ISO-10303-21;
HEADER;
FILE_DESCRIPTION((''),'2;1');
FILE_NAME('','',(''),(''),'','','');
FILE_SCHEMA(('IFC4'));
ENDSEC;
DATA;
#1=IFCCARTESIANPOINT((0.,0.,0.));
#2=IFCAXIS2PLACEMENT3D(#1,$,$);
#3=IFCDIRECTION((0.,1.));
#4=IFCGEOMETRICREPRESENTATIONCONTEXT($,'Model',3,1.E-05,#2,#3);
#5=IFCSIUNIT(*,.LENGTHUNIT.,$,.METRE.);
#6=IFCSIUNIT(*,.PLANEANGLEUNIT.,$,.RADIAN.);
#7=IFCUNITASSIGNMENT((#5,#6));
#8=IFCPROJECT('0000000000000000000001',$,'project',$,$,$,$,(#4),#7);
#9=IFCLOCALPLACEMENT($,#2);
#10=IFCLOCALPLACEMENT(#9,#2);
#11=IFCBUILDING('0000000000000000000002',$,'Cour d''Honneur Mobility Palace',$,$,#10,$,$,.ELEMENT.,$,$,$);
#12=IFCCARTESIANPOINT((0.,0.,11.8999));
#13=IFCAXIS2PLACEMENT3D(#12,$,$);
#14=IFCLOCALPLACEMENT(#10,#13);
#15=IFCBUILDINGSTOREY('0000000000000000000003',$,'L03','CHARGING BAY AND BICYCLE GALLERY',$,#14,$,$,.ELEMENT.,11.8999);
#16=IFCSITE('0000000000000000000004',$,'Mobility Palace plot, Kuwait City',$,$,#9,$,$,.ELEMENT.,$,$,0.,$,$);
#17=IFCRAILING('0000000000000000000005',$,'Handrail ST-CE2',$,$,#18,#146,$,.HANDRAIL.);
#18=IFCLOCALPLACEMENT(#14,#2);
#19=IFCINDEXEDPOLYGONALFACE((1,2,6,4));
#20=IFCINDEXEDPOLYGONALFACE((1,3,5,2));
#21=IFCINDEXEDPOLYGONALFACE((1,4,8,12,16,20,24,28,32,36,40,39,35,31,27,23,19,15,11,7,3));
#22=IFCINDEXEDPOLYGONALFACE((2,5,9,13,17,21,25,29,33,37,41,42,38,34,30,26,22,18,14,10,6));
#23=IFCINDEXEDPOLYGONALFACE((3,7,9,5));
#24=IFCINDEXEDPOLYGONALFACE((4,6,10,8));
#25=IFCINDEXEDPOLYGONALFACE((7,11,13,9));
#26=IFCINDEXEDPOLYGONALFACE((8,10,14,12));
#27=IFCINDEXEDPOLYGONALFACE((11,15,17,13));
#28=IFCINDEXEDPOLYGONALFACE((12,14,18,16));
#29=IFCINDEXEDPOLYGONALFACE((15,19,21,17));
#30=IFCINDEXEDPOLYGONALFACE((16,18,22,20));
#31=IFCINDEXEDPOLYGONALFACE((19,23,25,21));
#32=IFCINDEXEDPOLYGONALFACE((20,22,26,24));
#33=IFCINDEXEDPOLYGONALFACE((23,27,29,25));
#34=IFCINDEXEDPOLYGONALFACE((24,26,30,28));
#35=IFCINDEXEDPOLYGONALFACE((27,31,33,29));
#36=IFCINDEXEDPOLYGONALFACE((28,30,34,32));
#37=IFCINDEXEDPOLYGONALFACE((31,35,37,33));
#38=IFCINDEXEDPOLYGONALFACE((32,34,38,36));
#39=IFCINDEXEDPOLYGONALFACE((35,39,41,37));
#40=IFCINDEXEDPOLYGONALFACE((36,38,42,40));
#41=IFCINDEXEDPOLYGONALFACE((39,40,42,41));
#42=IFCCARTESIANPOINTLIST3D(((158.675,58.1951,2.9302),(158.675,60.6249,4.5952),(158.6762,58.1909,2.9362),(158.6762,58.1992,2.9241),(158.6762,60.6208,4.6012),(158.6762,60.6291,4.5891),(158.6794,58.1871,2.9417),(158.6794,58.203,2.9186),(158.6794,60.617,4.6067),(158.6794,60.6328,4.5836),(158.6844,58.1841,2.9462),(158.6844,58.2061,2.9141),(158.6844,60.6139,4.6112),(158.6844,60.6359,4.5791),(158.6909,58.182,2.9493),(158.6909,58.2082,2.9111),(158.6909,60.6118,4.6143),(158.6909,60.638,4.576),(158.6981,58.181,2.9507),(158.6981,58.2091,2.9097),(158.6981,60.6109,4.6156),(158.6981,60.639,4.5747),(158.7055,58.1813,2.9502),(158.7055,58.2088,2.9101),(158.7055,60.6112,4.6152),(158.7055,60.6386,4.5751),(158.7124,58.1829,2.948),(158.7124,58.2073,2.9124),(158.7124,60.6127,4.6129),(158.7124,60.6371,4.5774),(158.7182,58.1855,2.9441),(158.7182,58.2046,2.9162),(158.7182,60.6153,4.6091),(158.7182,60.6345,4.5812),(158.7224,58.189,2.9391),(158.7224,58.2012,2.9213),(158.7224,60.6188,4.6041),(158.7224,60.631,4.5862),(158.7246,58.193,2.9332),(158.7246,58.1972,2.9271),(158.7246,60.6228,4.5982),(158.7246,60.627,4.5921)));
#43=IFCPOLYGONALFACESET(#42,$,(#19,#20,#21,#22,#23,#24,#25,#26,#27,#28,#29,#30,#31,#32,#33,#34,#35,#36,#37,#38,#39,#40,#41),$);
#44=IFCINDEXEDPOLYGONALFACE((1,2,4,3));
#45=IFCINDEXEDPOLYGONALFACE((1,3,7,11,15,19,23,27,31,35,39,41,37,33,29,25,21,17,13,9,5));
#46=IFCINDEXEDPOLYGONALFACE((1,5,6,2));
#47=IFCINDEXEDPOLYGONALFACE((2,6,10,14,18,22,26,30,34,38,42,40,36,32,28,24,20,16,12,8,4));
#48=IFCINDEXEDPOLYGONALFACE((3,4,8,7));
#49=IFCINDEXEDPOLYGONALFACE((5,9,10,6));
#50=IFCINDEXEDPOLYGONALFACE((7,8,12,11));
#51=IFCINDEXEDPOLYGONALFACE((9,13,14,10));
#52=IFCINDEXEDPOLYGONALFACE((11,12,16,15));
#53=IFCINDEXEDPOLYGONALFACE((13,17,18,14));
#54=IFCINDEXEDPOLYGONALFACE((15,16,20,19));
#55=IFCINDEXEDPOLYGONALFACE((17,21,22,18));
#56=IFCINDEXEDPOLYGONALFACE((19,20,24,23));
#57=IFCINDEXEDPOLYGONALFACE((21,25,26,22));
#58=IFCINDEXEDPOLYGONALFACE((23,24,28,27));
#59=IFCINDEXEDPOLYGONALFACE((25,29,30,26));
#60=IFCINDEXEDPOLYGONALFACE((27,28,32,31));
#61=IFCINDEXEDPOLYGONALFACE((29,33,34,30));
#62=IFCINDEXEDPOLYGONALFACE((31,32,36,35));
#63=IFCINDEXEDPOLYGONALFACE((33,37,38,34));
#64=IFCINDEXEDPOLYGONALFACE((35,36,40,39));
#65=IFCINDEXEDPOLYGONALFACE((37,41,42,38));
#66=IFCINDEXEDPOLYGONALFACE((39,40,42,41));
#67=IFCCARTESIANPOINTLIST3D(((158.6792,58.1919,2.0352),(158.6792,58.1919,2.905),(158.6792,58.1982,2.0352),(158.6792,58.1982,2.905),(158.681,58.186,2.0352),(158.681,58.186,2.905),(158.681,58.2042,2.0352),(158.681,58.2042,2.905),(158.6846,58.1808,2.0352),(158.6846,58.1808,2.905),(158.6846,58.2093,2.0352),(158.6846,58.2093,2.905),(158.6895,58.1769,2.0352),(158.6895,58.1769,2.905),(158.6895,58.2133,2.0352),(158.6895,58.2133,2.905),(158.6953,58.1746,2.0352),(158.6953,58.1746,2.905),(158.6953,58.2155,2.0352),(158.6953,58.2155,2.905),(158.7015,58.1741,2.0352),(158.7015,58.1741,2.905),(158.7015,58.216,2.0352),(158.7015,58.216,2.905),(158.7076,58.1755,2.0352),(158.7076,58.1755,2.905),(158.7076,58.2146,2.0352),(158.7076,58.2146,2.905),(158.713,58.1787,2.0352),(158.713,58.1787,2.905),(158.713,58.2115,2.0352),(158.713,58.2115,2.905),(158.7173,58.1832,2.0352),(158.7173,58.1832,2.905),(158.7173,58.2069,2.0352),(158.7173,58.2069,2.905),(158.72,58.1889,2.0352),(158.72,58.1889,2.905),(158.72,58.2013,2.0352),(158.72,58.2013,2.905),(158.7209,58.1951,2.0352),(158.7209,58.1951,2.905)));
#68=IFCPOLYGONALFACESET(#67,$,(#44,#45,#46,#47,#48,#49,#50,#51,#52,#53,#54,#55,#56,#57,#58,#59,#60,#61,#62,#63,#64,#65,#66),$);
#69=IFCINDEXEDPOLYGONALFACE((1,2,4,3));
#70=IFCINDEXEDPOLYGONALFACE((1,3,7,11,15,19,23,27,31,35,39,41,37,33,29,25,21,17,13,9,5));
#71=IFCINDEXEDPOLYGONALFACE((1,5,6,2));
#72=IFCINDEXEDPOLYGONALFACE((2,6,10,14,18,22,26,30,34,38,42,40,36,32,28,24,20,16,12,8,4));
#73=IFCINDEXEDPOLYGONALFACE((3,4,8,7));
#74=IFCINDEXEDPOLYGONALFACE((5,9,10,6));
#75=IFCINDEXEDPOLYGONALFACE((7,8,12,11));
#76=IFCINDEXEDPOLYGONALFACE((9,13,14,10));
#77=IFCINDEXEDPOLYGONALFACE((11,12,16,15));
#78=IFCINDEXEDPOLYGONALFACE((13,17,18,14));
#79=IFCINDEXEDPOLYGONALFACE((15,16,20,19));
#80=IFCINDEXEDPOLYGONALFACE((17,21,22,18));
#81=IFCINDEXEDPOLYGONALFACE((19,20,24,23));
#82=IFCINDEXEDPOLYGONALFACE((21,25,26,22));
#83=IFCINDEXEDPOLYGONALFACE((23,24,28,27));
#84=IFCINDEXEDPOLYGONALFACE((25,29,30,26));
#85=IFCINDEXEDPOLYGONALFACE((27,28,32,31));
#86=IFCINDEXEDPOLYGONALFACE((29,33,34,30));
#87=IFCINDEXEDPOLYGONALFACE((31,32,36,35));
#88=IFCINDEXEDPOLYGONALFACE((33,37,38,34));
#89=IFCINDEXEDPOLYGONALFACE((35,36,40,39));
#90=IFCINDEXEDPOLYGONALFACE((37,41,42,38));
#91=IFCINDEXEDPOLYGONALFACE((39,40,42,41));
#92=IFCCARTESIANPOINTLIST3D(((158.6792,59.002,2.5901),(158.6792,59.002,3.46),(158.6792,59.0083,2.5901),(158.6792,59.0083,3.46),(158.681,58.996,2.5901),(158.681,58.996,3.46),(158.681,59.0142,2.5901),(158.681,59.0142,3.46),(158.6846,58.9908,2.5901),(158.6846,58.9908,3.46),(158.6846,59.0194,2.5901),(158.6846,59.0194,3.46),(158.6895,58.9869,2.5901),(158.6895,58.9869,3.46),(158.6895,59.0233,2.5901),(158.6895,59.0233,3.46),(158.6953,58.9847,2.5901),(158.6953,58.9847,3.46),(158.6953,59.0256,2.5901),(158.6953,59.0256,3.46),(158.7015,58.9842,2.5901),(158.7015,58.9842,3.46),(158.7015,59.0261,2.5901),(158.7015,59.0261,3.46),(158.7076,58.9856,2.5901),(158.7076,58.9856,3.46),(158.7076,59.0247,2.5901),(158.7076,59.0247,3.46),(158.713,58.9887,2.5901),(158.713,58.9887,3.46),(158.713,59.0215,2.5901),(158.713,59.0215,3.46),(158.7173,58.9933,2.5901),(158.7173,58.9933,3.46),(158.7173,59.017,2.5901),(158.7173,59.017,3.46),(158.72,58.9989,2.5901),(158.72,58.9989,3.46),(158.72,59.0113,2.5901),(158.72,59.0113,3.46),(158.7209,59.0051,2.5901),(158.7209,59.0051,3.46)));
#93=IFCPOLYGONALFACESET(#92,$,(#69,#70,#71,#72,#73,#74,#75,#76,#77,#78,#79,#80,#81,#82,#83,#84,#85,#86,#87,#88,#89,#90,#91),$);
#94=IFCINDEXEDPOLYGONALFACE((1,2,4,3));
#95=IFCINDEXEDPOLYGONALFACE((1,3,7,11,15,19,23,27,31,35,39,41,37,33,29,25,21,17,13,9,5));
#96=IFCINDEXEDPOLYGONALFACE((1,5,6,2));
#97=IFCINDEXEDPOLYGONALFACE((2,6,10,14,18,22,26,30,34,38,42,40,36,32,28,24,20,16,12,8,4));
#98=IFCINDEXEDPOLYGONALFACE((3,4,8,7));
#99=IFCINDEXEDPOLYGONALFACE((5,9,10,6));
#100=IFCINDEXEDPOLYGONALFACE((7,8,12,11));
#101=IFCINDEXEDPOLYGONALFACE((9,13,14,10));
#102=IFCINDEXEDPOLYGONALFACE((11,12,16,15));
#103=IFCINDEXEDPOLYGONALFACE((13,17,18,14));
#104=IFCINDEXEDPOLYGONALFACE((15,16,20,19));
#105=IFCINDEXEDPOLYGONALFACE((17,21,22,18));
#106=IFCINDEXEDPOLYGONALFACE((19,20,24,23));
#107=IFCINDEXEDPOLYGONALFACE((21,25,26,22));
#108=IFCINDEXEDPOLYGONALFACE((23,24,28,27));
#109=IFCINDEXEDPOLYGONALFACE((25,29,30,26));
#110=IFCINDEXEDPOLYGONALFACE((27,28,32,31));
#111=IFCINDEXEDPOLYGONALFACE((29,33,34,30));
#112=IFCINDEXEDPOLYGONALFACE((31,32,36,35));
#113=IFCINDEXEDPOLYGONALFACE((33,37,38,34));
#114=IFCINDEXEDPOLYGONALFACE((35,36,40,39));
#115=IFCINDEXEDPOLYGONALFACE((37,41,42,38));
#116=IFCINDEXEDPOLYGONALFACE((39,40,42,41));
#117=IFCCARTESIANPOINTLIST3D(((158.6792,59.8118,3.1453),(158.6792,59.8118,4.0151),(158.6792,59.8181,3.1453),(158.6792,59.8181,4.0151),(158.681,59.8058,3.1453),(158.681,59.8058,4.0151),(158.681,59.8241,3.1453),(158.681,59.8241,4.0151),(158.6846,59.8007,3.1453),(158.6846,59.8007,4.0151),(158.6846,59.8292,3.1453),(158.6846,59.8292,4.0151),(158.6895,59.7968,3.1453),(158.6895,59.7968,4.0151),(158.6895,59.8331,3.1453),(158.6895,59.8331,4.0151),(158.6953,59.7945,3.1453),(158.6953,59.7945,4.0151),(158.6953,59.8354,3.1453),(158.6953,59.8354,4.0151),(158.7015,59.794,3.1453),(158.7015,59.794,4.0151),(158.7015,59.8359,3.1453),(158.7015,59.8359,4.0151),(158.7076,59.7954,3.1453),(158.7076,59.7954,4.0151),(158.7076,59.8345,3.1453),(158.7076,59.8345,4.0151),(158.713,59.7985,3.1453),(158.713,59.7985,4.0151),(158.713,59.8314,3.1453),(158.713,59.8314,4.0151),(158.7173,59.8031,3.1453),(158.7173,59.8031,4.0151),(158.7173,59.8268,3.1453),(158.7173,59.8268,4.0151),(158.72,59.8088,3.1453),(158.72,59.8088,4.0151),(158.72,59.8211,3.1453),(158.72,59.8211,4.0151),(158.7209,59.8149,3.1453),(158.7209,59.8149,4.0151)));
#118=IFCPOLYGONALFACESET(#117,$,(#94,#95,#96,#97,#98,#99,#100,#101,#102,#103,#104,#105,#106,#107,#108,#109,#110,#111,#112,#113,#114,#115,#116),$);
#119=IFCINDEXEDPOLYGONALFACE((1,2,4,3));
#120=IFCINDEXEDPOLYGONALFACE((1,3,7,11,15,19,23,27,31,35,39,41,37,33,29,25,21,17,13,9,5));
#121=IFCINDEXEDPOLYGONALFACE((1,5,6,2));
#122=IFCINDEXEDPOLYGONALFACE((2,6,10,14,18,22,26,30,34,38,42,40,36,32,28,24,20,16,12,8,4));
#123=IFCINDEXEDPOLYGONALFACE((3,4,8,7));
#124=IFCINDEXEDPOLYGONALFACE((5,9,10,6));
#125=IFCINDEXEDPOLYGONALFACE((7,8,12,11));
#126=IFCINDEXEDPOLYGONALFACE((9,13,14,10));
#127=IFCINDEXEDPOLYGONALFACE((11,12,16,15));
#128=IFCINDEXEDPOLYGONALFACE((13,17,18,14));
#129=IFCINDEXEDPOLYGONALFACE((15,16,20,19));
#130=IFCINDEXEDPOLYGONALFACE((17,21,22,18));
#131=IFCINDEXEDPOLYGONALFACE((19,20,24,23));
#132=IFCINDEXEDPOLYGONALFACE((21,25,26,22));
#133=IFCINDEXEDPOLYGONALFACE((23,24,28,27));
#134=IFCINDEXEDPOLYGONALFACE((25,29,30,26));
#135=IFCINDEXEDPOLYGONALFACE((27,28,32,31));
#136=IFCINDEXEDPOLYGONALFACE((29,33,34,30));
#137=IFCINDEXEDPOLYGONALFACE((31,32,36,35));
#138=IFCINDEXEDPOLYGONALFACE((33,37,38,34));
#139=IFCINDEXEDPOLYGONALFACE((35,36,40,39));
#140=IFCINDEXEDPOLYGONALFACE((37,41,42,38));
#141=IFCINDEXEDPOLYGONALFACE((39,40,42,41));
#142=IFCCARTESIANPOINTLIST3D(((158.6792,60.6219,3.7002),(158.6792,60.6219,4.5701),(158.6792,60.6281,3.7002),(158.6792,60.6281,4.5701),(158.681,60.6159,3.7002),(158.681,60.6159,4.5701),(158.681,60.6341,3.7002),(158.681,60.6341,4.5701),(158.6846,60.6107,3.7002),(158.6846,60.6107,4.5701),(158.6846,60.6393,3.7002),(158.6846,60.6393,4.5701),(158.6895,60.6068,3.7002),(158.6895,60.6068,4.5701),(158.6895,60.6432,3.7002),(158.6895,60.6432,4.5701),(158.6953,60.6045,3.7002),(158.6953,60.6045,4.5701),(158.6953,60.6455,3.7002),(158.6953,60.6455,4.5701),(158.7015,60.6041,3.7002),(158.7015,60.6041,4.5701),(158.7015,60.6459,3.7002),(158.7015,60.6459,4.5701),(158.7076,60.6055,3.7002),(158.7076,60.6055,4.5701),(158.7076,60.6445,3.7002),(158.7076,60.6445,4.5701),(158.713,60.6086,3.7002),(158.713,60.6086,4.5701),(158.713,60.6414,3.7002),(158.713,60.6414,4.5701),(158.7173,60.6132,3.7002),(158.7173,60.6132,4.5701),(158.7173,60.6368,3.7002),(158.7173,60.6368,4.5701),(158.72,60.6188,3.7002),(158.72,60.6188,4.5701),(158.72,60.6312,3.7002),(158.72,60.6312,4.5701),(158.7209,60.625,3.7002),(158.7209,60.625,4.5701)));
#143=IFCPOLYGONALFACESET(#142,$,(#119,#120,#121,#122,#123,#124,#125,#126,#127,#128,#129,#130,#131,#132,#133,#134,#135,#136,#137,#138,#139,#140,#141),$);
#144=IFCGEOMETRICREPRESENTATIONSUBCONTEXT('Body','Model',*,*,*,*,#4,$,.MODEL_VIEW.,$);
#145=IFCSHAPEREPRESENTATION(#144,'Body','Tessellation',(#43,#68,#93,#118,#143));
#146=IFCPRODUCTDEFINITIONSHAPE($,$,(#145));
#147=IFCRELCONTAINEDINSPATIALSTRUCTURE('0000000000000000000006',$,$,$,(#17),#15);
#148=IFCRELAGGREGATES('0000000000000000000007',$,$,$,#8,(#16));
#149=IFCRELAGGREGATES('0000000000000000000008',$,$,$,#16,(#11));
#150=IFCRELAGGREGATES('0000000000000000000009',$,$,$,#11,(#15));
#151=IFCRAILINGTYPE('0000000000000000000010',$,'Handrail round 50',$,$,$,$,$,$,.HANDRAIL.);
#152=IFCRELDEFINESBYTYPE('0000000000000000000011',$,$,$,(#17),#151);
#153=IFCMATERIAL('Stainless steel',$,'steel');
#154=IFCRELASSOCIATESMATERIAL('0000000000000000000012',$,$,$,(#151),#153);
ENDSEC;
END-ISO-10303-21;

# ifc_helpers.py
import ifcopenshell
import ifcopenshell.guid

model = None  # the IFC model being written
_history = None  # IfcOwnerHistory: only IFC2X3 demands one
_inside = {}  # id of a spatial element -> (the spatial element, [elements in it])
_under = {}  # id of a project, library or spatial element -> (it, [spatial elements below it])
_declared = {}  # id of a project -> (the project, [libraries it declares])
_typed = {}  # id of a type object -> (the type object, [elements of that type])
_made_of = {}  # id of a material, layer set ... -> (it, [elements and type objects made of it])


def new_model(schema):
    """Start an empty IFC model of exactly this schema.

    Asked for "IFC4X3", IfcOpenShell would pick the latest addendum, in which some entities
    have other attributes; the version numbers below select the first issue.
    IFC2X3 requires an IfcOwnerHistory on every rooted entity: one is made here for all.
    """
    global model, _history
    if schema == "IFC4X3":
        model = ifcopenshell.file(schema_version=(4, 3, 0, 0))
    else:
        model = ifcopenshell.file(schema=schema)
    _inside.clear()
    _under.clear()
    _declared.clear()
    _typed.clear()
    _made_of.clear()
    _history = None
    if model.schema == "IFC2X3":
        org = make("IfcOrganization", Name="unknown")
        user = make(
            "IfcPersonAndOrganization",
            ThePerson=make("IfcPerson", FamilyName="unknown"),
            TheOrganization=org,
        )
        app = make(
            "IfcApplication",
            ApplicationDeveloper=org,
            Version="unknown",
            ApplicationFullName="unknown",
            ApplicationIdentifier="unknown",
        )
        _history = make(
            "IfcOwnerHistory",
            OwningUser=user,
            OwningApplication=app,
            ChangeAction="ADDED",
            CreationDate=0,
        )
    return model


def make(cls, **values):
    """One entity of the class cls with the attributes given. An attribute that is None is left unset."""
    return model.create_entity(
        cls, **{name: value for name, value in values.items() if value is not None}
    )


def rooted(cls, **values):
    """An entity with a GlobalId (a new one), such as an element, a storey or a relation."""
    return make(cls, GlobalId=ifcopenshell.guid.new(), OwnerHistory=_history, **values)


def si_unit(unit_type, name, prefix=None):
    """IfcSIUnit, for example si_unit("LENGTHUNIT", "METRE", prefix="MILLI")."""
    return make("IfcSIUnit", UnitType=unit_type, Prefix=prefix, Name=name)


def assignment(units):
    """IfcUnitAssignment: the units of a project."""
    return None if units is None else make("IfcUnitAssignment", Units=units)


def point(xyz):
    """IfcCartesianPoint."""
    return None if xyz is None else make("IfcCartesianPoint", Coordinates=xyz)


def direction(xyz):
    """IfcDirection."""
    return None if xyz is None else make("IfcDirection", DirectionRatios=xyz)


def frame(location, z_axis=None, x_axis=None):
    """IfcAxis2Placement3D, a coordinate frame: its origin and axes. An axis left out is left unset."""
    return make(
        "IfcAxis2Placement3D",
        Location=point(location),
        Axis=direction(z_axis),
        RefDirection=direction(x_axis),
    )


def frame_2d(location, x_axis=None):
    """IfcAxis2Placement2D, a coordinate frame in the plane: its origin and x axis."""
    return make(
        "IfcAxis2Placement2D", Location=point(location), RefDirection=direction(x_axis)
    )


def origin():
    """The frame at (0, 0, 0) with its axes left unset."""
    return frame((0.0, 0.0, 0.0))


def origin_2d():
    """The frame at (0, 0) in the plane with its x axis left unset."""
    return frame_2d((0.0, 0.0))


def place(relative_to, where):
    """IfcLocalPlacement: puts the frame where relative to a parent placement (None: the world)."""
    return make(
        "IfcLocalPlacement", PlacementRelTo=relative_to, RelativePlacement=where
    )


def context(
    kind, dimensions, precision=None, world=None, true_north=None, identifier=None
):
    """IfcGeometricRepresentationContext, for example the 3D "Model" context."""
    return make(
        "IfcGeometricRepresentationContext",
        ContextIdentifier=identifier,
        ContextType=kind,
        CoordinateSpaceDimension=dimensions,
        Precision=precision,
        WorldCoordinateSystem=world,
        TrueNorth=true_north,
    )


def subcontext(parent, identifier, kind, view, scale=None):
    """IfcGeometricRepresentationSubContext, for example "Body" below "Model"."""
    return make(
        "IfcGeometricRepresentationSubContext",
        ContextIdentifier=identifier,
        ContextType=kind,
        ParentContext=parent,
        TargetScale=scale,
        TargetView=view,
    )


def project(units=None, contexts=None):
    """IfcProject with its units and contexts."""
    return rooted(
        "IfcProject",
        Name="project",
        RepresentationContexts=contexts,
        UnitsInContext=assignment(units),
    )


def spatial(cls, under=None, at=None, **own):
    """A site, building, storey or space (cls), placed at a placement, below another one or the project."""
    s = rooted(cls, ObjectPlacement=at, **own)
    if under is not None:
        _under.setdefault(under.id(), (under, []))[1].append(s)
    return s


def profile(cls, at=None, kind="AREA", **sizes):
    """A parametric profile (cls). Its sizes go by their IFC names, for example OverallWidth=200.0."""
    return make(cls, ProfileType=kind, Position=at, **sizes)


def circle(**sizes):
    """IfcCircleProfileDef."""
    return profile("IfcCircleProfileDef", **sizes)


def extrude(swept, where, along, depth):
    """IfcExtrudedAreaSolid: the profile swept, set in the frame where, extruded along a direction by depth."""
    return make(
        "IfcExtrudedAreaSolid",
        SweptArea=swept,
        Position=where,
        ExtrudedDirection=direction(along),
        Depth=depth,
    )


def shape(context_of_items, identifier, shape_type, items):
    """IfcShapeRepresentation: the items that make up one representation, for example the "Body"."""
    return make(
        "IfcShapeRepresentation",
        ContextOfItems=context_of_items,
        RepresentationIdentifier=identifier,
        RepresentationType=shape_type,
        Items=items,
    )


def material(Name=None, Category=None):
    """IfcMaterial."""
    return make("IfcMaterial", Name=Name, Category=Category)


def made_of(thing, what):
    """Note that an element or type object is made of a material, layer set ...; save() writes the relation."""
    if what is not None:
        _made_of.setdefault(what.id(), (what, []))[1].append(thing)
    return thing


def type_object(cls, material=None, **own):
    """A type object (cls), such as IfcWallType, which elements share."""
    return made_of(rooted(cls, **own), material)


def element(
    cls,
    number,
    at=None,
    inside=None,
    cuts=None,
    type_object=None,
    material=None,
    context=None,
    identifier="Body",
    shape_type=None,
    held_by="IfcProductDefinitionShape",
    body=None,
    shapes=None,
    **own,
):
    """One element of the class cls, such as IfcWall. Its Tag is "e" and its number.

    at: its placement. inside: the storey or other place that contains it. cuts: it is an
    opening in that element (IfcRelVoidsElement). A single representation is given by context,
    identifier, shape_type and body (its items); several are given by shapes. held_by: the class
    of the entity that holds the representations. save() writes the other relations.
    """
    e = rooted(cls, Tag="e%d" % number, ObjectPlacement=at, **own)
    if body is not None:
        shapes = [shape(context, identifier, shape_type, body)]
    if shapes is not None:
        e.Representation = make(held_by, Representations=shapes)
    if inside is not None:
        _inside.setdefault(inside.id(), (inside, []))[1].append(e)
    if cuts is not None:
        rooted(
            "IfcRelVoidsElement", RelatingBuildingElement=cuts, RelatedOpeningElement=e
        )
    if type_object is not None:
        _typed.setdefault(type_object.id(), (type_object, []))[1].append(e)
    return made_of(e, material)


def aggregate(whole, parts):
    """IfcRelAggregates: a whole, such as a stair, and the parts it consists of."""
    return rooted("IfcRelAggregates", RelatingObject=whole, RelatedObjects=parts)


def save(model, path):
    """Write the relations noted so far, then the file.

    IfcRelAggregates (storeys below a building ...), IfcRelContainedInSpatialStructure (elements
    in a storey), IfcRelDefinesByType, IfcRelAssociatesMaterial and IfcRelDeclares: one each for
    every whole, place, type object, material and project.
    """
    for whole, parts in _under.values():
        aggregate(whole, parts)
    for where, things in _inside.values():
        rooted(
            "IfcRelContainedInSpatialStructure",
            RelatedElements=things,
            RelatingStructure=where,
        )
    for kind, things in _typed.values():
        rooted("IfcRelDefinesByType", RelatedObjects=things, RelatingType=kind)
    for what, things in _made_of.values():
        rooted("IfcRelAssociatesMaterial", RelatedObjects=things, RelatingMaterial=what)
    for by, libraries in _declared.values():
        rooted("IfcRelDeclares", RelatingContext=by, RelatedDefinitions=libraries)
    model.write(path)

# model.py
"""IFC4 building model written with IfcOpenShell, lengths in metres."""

from ifc_helpers import new_model, si_unit, direction, frame, origin, origin_2d, place, context, subcontext, project, spatial, circle, extrude, material, type_object, element, save


model = new_model("IFC4")

# Units and contexts
model_context = context("Model", 3, precision=1e-05, world=origin(), true_north=direction((0.0, 1.0)))
body_context = subcontext(model_context, "Body", "Model", "MODEL_VIEW")
ifc_project = project(units=[si_unit("LENGTHUNIT", "METRE"), si_unit("PLANEANGLEUNIT", "RADIAN")], contexts=[model_context])

# Site, building, storey
site_placement = place(None, origin())
site = spatial("IfcSite", under=ifc_project, at=site_placement, Name="Mobility Palace plot, Kuwait City", CompositionType="ELEMENT", RefElevation=0.0)
building_placement = place(site_placement, origin())
building = spatial("IfcBuilding", under=site, at=building_placement, Name="Cour d'Honneur Mobility Palace", CompositionType="ELEMENT")
storey_placement = place(building_placement, frame((0.0, 0.0, 11.8999)))
storey = spatial("IfcBuildingStorey", under=building, at=storey_placement, Name="L03", Description="CHARGING BAY AND BICYCLE GALLERY", CompositionType="ELEMENT", Elevation=11.8999)

# Railing
ifc_material_1 = material(Name="Stainless steel", Category="steel")
railing_type_1 = type_object("IfcRailingType", Name="Handrail round 50", PredefinedType="HANDRAIL", material=ifc_material_1)
railing_1_placement = place(storey_placement, frame((158.7, 58.1951, 2.0352)))
element("IfcRailing", 1, at=railing_1_placement, inside=storey, type_object=railing_type_1, Name="Handrail ST-CE2", PredefinedType="HANDRAIL", context=body_context, shape_type="SweptSolid", body=[
    extrude(circle(Radius=0.0249, at=origin_2d()), frame((0.0, 0.0, 0.895), z_axis=(0.0, 0.824919, 0.565251), x_axis=(-1.0, 0.0, 0.0)), (0.0, 0.0, 1.0), 2.9456),
    extrude(circle(Radius=0.021, at=origin_2d()), origin(), (0.0, 0.0, 1.0), 0.8699),
    extrude(circle(Radius=0.021, at=origin_2d()), frame((0.0, 0.8101, 0.5549)), (0.0, 0.0, 1.0), 0.8699),
    extrude(circle(Radius=0.021, at=origin_2d()), frame((0.0, 1.6199, 1.1101)), (0.0, 0.0, 1.0), 0.8699),
    extrude(circle(Radius=0.021, at=origin_2d()), frame((0.0, 2.4299, 1.665)), (0.0, 0.0, 1.0), 0.8699),
])

save(model, "model.ifc")
